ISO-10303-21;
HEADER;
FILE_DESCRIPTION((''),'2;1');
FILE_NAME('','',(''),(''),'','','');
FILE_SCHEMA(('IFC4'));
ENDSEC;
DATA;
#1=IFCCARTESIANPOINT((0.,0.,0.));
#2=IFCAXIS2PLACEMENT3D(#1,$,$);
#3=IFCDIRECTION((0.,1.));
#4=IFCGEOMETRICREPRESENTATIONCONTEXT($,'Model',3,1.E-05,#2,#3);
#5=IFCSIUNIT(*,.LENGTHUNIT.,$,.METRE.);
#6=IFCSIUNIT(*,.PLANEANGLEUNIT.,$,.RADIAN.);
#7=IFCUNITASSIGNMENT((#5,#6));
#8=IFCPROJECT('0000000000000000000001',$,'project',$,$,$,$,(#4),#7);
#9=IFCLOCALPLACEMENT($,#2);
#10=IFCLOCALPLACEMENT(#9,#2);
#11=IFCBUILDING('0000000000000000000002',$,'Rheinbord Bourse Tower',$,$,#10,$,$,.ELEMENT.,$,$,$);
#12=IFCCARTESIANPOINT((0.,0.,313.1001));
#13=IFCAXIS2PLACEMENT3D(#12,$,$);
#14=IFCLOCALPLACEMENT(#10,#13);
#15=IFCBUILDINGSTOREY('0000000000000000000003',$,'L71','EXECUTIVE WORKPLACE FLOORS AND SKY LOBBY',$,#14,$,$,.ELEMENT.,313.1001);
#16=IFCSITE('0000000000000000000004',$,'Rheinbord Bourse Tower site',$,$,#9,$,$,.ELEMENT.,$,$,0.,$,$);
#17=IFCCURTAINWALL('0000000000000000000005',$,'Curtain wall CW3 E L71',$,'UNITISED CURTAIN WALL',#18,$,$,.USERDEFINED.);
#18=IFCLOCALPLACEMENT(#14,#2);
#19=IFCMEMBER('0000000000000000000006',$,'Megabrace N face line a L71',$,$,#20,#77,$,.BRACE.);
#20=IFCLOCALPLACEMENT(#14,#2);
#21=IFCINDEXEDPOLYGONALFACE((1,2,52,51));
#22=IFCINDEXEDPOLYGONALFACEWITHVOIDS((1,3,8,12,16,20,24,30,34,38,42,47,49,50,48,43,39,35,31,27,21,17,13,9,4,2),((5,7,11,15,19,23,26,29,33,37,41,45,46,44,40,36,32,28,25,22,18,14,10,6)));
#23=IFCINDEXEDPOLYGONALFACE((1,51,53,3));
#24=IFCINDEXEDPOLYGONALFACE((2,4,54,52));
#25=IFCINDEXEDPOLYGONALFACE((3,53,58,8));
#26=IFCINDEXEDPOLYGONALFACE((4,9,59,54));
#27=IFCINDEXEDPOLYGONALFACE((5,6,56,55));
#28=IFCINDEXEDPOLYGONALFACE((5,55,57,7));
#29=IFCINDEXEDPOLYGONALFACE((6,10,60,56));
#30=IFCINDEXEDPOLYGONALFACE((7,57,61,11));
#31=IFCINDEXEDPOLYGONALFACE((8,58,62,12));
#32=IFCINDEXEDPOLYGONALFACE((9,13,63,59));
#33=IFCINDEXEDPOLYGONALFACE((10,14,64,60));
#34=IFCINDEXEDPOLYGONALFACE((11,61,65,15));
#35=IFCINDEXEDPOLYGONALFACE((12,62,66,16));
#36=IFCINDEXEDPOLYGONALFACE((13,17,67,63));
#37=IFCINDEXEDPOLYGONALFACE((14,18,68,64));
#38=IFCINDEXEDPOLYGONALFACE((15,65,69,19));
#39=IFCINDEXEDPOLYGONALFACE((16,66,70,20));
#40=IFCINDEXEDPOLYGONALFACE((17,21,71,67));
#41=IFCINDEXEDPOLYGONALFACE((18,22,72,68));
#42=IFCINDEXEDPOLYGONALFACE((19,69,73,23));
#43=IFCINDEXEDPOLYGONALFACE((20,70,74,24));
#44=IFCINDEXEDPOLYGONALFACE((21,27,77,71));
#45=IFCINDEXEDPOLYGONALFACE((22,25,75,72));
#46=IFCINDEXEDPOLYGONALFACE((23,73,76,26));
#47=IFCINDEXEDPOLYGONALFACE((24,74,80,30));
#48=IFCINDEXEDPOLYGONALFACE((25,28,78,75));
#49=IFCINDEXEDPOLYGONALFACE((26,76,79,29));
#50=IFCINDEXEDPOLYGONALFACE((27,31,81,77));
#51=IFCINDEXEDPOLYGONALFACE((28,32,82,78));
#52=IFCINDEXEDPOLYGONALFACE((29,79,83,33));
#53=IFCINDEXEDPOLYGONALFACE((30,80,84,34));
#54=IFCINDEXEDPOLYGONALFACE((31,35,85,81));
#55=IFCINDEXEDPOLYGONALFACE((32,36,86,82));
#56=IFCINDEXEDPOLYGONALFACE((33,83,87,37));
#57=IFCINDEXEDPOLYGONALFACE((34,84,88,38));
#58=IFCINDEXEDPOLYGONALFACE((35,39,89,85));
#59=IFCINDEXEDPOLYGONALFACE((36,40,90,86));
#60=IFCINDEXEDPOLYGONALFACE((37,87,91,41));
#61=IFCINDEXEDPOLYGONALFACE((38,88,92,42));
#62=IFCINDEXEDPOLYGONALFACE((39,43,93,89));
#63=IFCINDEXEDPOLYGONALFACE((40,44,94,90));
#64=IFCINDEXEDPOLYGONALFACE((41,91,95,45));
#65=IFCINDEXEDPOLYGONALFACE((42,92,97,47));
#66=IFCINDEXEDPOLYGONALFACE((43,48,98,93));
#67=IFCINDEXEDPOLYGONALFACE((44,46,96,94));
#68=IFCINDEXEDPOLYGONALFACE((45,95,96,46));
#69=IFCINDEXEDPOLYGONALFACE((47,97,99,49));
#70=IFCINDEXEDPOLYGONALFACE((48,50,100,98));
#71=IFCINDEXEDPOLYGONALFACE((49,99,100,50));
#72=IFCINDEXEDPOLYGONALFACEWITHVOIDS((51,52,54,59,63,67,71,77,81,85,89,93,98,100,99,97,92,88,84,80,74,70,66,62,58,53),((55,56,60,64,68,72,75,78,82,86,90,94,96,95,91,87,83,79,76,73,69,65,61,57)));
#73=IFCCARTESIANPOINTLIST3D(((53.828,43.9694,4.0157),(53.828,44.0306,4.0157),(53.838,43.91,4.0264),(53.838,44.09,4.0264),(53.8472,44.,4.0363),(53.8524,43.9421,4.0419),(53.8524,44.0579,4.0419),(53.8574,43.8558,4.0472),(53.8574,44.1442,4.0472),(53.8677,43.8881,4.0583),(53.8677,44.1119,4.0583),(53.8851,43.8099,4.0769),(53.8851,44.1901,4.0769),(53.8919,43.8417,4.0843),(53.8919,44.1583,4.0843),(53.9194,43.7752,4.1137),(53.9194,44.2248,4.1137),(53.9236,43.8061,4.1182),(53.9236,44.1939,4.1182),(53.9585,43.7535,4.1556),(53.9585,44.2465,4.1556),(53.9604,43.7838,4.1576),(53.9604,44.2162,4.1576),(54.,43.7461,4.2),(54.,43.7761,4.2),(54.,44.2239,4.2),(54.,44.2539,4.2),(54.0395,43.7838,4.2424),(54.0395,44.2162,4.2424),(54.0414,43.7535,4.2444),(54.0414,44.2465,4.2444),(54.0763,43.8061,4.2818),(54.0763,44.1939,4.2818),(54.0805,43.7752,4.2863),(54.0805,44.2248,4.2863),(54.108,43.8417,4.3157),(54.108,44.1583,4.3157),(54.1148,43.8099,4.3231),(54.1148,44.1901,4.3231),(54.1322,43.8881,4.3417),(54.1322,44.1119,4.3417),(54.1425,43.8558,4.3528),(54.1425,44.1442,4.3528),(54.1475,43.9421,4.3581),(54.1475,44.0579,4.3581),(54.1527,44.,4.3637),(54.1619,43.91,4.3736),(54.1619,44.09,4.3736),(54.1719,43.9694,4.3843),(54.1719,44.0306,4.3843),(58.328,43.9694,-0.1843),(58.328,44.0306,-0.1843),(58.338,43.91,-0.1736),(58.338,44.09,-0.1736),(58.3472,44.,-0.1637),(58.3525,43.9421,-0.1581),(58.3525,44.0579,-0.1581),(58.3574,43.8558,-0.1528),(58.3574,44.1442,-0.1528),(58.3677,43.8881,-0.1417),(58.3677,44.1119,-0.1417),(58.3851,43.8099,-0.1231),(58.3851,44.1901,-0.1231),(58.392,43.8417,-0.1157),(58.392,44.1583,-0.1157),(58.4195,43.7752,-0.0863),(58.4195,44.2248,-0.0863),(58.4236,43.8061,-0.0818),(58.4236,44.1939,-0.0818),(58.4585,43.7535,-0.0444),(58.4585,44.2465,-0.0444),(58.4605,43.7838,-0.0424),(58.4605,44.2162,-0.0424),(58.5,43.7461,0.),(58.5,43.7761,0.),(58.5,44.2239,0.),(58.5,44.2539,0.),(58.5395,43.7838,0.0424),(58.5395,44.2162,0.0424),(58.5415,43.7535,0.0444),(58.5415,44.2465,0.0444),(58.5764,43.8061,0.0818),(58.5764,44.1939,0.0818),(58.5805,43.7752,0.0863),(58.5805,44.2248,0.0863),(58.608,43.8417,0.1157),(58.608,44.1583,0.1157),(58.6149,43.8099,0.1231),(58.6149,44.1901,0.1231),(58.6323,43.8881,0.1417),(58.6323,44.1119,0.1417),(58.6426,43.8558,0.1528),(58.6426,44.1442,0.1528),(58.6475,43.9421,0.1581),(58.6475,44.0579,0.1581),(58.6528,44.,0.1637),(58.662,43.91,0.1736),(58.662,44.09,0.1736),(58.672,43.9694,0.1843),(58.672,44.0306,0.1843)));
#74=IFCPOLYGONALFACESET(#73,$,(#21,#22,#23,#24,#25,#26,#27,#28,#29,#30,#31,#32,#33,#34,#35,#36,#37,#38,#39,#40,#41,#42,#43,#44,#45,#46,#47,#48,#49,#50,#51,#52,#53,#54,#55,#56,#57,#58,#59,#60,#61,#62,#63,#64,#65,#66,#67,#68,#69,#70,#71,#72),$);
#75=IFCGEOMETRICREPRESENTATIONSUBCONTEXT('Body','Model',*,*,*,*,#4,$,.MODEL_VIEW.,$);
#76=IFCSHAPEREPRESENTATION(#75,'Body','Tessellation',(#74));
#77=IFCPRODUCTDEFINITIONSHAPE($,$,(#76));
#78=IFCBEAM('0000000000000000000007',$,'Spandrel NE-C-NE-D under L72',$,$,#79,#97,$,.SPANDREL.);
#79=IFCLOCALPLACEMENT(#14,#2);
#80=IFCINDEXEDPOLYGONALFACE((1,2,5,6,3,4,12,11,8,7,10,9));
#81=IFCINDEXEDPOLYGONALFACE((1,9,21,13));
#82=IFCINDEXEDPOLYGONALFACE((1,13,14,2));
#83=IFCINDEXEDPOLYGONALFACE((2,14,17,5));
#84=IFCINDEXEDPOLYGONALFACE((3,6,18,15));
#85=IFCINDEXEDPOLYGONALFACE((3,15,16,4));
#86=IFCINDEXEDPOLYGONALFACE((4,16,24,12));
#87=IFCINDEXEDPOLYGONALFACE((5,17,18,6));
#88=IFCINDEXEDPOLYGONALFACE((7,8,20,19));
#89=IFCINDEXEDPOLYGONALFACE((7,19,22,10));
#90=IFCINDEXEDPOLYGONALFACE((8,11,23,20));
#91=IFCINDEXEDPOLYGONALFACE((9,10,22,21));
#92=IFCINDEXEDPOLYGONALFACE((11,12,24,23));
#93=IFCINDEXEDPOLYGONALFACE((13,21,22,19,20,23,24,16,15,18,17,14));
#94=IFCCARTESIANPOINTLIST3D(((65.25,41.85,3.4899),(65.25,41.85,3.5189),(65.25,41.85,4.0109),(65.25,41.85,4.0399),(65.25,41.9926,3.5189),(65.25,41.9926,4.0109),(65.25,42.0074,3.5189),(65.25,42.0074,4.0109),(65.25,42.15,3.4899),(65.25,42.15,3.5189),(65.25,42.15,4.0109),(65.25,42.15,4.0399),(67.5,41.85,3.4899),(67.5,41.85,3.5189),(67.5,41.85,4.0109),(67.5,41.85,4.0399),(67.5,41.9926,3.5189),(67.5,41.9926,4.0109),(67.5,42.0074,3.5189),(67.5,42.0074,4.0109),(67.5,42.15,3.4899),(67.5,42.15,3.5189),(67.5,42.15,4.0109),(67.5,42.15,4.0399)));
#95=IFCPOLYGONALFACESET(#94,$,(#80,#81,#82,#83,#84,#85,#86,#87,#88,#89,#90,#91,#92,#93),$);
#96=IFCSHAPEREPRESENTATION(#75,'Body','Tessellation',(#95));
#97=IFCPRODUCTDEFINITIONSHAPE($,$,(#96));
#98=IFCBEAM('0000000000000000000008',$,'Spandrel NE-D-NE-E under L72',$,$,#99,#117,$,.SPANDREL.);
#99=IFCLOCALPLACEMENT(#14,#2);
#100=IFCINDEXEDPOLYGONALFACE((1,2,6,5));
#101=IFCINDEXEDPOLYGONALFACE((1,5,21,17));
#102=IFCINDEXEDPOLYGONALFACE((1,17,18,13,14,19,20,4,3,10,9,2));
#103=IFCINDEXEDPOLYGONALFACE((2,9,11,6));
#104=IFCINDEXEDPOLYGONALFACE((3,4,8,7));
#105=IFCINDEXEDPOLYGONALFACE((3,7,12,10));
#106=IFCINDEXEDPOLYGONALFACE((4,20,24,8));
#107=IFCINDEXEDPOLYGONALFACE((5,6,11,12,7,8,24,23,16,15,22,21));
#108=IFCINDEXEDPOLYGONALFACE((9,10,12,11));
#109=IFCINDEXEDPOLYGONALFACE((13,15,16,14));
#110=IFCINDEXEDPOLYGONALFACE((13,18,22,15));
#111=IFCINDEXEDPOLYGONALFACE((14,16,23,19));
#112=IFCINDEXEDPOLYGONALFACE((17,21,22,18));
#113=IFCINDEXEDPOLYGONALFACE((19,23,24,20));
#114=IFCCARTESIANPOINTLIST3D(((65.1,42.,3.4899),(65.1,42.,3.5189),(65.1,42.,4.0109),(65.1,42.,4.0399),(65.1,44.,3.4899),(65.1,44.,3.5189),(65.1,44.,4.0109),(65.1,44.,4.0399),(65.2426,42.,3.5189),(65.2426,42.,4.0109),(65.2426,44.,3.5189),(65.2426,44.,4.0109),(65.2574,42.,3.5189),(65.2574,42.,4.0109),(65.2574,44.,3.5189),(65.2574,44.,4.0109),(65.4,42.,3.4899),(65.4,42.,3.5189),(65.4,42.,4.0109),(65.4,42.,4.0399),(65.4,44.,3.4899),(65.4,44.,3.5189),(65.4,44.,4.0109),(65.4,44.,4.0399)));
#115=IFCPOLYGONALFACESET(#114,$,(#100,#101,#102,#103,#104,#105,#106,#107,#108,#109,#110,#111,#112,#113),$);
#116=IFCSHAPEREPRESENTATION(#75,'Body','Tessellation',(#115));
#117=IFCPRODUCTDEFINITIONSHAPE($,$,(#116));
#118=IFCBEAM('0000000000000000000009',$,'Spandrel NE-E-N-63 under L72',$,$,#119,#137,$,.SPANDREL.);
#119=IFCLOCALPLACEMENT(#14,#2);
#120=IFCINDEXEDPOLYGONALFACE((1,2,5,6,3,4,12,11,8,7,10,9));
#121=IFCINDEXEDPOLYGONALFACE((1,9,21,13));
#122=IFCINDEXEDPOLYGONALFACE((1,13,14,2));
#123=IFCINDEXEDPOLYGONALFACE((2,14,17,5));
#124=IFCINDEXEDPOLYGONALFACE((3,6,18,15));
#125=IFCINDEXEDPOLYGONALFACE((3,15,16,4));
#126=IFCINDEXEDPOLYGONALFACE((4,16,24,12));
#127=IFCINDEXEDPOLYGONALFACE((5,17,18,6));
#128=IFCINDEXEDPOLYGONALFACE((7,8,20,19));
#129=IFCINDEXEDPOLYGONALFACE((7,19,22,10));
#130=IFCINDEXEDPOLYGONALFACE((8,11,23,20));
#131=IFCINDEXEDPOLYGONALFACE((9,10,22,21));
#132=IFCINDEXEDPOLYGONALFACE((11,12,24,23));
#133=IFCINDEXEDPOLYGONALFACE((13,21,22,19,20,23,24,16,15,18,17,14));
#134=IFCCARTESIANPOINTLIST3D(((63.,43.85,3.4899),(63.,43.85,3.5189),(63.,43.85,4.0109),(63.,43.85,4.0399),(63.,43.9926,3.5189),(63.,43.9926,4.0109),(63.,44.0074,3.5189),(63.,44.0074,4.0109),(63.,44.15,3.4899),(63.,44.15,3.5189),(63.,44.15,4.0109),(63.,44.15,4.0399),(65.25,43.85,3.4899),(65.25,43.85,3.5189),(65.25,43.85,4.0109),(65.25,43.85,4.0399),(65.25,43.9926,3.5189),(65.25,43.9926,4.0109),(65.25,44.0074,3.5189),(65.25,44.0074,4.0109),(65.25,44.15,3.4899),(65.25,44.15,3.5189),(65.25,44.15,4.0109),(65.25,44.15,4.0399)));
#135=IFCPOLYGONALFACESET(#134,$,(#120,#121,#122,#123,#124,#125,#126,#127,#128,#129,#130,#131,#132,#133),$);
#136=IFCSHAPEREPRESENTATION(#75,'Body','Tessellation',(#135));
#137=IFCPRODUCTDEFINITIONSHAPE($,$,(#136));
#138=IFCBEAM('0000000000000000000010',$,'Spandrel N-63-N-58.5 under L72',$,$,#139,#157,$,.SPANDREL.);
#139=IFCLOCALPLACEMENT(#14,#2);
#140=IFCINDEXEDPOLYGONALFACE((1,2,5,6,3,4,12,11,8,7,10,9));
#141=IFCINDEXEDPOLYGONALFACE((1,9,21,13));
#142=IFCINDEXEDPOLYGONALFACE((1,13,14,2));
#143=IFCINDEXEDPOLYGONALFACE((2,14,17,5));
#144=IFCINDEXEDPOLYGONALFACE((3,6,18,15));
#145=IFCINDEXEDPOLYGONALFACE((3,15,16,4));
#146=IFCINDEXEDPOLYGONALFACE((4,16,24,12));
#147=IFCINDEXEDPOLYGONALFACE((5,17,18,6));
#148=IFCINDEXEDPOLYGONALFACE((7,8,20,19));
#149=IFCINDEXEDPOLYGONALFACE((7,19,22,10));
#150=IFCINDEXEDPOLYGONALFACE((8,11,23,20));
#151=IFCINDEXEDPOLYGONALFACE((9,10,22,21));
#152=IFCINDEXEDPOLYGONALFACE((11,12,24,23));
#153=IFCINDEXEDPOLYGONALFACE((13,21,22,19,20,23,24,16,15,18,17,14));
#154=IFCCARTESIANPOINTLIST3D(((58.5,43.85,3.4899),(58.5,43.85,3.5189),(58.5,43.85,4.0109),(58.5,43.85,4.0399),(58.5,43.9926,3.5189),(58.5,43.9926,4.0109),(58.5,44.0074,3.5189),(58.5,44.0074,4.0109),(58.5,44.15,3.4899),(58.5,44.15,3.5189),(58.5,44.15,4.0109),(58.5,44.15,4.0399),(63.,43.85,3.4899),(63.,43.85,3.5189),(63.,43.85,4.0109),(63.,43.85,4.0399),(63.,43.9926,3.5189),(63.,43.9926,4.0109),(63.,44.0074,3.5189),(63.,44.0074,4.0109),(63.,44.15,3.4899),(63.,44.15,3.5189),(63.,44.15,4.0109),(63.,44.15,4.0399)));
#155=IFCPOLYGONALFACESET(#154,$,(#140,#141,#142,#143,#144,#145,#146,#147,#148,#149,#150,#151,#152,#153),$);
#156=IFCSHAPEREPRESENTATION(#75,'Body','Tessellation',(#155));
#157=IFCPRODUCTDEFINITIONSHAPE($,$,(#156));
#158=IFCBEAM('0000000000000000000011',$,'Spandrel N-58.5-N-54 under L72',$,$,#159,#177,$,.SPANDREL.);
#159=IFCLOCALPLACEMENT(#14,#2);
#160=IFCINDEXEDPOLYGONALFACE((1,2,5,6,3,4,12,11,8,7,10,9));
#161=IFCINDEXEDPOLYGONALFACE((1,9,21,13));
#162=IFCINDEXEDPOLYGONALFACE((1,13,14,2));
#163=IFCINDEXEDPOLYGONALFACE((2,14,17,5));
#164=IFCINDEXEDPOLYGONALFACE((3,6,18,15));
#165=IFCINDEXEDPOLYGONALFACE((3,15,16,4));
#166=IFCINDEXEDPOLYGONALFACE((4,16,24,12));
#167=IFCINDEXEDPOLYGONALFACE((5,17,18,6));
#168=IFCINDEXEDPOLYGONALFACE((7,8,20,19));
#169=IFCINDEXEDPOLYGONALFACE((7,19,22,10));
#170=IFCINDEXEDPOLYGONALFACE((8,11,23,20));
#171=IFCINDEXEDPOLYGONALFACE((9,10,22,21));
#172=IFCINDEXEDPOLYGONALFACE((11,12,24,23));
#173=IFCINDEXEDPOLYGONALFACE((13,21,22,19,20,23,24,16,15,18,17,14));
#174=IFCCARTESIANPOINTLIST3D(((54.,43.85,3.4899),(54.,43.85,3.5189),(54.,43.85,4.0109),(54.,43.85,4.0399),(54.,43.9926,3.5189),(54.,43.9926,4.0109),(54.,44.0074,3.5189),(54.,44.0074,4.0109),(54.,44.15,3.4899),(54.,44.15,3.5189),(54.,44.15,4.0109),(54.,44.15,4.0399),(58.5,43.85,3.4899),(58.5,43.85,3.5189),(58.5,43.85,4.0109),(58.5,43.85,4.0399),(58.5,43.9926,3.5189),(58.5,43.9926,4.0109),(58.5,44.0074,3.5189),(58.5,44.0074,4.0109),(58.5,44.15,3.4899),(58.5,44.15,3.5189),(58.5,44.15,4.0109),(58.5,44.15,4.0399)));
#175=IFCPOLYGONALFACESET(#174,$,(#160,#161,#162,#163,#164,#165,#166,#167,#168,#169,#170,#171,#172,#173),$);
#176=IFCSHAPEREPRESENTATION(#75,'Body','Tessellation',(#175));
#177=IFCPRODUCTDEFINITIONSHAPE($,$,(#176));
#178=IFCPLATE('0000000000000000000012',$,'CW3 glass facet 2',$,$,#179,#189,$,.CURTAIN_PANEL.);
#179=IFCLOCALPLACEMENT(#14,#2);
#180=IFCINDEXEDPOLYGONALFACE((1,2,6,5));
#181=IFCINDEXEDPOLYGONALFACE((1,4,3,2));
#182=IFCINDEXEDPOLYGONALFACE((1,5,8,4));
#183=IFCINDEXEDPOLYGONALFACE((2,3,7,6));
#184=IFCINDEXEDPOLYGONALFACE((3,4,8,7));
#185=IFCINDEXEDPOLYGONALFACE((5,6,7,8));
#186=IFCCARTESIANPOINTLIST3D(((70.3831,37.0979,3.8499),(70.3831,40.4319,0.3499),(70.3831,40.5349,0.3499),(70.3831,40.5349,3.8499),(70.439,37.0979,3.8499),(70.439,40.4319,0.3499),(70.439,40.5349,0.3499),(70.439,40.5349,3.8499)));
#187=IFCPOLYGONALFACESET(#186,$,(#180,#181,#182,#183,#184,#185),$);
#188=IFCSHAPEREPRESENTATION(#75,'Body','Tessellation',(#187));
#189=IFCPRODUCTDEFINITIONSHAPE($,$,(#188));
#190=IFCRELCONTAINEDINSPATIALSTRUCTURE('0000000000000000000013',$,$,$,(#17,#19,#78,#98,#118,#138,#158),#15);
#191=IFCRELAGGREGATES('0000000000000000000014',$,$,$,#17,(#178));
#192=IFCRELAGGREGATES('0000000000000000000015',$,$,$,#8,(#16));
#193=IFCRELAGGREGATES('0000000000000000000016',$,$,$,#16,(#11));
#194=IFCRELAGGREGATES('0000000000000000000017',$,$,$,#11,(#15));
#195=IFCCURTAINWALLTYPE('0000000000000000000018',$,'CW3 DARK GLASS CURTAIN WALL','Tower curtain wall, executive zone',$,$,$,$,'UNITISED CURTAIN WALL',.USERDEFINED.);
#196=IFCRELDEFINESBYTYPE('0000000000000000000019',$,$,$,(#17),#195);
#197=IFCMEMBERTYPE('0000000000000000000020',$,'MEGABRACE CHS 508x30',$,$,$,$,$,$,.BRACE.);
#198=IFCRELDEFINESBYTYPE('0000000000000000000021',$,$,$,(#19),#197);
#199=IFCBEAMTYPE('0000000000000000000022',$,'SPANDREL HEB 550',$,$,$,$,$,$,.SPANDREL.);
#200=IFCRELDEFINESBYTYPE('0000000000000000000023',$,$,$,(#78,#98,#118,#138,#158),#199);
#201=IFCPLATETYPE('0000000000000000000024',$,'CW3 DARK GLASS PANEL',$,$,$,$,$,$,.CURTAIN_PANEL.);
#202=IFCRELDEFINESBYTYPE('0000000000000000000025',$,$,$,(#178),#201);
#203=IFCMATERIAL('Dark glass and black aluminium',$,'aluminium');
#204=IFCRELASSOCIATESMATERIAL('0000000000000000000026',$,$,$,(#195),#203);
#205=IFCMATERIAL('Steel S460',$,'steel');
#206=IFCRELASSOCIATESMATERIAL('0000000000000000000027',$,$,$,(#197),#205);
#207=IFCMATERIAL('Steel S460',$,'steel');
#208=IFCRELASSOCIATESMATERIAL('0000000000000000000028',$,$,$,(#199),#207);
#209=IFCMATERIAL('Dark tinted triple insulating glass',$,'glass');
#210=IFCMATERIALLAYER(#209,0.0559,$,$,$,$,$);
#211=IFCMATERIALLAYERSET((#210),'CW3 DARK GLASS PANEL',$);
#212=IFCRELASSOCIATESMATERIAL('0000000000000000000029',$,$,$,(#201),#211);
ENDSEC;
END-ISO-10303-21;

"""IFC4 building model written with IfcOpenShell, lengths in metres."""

from ifc_helpers import new_model, si_unit, direction, frame, origin, origin_2d, place, context, subcontext, project, spatial, polyline, hollow_circle, i_section, outline, extrude, material, layer, layer_set, material_profile, profile_set, type_object, element, aggregate, save


model = new_model("IFC4")

# Units and contexts
model_context = context("Model", 3, precision=1e-05, world=origin(), true_north=direction((0.0, 1.0)))
body_context = subcontext(model_context, "Body", "Model", "MODEL_VIEW")
ifc_project = project(units=[si_unit("LENGTHUNIT", "METRE"), si_unit("PLANEANGLEUNIT", "RADIAN")], contexts=[model_context])

# Site, building, storey
site_placement = place(None, origin())
site = spatial("IfcSite", under=ifc_project, at=site_placement, Name="Rheinbord Bourse Tower site", CompositionType="ELEMENT", RefElevation=0.0)
building_placement = place(site_placement, origin())
building = spatial("IfcBuilding", under=site, at=building_placement, Name="Rheinbord Bourse Tower", CompositionType="ELEMENT")
storey_placement = place(building_placement, frame((0.0, 0.0, 313.1001)))
storey = spatial("IfcBuildingStorey", under=building, at=storey_placement, Name="L71", Description="EXECUTIVE WORKPLACE FLOORS AND SKY LOBBY", CompositionType="ELEMENT", Elevation=313.1001)

# Curtain wall
ifc_material_1 = material(Name="Dark glass and black aluminium", Category="aluminium")
curtain_wall_type = type_object("IfcCurtainWallType", Name="CW3 DARK GLASS CURTAIN WALL", Description="Tower curtain wall, executive zone", ElementType="UNITISED CURTAIN WALL", PredefinedType="USERDEFINED", material=ifc_material_1)
curtain_wall_1_placement = place(storey_placement, origin())
curtain_wall_1 = element("IfcCurtainWall", 1, at=curtain_wall_1_placement, inside=storey, type_object=curtain_wall_type, Name="Curtain wall CW3 E L71", ObjectType="UNITISED CURTAIN WALL", PredefinedType="USERDEFINED")

# Member
ifc_material_2 = material(Name="Steel S460", Category="steel")
ifc_material_profile_1 = material_profile(ifc_material_2, hollow_circle(Radius=0.2539, WallThickness=0.03, at=origin_2d()), Name="CHS 508x30")
ifc_profile_set_1 = profile_set([ifc_material_profile_1], Name="Steel S460")
member_type_1 = type_object("IfcMemberType", Name="MEGABRACE CHS 508x30", PredefinedType="BRACE", material=ifc_profile_set_1)
member_1_placement = place(storey_placement, frame((58.5, 44.0, 0.0), z_axis=(-0.731059, 0.0, 0.682314), x_axis=(0.0, -1.0, 0.0)))
element("IfcMember", 2, at=member_1_placement, inside=storey, type_object=member_type_1, Name="Megabrace N face line a L71", PredefinedType="BRACE", context=body_context, shape_type="SweptSolid", body=[
    extrude(hollow_circle(Radius=0.2539, WallThickness=0.03, at=origin_2d()), origin(), (0.0, 0.0, 1.0), 6.1555),
])

# Beams
ifc_material_3 = material(Name="Steel S460", Category="steel")
ifc_material_profile_2 = material_profile(ifc_material_3, i_section(OverallWidth=0.3, OverallDepth=0.55, WebThickness=0.0149, FlangeThickness=0.0291, at=origin_2d()), Name="HEB 550")
ifc_profile_set_2 = profile_set([ifc_material_profile_2], Name="Steel S460")
beam_type_1 = type_object("IfcBeamType", Name="SPANDREL HEB 550", PredefinedType="SPANDREL", material=ifc_profile_set_2)
beam_1_placement = place(storey_placement, frame((67.5, 42.0, 3.7649), z_axis=(-1.0, 0.0, 0.0), x_axis=(0.0, -1.0, 0.0)))
element("IfcBeam", 3, at=beam_1_placement, inside=storey, type_object=beam_type_1, Name="Spandrel NE-C-NE-D under L72", PredefinedType="SPANDREL", context=body_context, shape_type="SweptSolid", body=[
    extrude(i_section(OverallWidth=0.3, OverallDepth=0.55, WebThickness=0.0149, FlangeThickness=0.0291, at=origin_2d()), origin(), (0.0, 0.0, 1.0), 2.25),
])
beam_2_placement = place(storey_placement, frame((65.25, 42.0, 3.7649), z_axis=(0.0, 1.0, 0.0), x_axis=(-1.0, 0.0, 0.0)))
element("IfcBeam", 4, at=beam_2_placement, inside=storey, type_object=beam_type_1, Name="Spandrel NE-D-NE-E under L72", PredefinedType="SPANDREL", context=body_context, shape_type="SweptSolid", body=[
    extrude(i_section(OverallWidth=0.3, OverallDepth=0.55, WebThickness=0.0149, FlangeThickness=0.0291, at=origin_2d()), origin(), (0.0, 0.0, 1.0), 2.0),
])
beam_3_placement = place(storey_placement, frame((65.25, 44.0, 3.7649), z_axis=(-1.0, 0.0, 0.0), x_axis=(0.0, -1.0, 0.0)))
element("IfcBeam", 5, at=beam_3_placement, inside=storey, type_object=beam_type_1, Name="Spandrel NE-E-N-63 under L72", PredefinedType="SPANDREL", context=body_context, shape_type="SweptSolid", body=[
    extrude(i_section(OverallWidth=0.3, OverallDepth=0.55, WebThickness=0.0149, FlangeThickness=0.0291, at=origin_2d()), origin(), (0.0, 0.0, 1.0), 2.25),
])
for number, where, z_axis, x_axis, name in (
    (6, (63.0, 44.0, 3.7649), (-1.0, 0.0, 0.0), (0.0, -1.0, 0.0), "Spandrel N-63-N-58.5 under L72"),
    (7, (58.5, 44.0, 3.7649), (-1.0, 0.0, 0.0), (0.0, -1.0, 0.0), "Spandrel N-58.5-N-54 under L72"),
):
    element("IfcBeam", number, at=place(storey_placement, frame(where, z_axis=z_axis, x_axis=x_axis)), inside=storey, type_object=beam_type_1, Name=name, PredefinedType="SPANDREL", context=body_context, shape_type="SweptSolid", body=[
        extrude(i_section(OverallWidth=0.3, OverallDepth=0.55, WebThickness=0.0149, FlangeThickness=0.0291, at=origin_2d()), origin(), (0.0, 0.0, 1.0), 4.5),
    ])

# Plate
ifc_material_4 = material(Name="Dark tinted triple insulating glass", Category="glass")
ifc_layer_1 = layer(ifc_material_4, 0.0559)
ifc_layer_set_1 = layer_set([ifc_layer_1], Name="CW3 DARK GLASS PANEL")
plate_type = type_object("IfcPlateType", Name="CW3 DARK GLASS PANEL", PredefinedType="CURTAIN_PANEL", material=ifc_layer_set_1)
plate_1_placement = place(storey_placement, frame((70.439, 40.5349, 3.8499), z_axis=(-1.0, 0.0, 0.0), x_axis=(0.0, 0.0, -1.0)))
plate_1 = element("IfcPlate", 8, at=plate_1_placement, type_object=plate_type, Name="CW3 glass facet 2", PredefinedType="CURTAIN_PANEL", context=body_context, shape_type="SweptSolid", body=[
    extrude(outline(polyline([(0.0, 0.0), (3.5, 0.0), (3.5, 0.103), (0.0, 3.437), (0.0, 0.0)])), origin(), (0.0, 0.0, 1.0), 0.0559),
])
aggregate(curtain_wall_1, [plate_1])

save(model, "model.ifc")
